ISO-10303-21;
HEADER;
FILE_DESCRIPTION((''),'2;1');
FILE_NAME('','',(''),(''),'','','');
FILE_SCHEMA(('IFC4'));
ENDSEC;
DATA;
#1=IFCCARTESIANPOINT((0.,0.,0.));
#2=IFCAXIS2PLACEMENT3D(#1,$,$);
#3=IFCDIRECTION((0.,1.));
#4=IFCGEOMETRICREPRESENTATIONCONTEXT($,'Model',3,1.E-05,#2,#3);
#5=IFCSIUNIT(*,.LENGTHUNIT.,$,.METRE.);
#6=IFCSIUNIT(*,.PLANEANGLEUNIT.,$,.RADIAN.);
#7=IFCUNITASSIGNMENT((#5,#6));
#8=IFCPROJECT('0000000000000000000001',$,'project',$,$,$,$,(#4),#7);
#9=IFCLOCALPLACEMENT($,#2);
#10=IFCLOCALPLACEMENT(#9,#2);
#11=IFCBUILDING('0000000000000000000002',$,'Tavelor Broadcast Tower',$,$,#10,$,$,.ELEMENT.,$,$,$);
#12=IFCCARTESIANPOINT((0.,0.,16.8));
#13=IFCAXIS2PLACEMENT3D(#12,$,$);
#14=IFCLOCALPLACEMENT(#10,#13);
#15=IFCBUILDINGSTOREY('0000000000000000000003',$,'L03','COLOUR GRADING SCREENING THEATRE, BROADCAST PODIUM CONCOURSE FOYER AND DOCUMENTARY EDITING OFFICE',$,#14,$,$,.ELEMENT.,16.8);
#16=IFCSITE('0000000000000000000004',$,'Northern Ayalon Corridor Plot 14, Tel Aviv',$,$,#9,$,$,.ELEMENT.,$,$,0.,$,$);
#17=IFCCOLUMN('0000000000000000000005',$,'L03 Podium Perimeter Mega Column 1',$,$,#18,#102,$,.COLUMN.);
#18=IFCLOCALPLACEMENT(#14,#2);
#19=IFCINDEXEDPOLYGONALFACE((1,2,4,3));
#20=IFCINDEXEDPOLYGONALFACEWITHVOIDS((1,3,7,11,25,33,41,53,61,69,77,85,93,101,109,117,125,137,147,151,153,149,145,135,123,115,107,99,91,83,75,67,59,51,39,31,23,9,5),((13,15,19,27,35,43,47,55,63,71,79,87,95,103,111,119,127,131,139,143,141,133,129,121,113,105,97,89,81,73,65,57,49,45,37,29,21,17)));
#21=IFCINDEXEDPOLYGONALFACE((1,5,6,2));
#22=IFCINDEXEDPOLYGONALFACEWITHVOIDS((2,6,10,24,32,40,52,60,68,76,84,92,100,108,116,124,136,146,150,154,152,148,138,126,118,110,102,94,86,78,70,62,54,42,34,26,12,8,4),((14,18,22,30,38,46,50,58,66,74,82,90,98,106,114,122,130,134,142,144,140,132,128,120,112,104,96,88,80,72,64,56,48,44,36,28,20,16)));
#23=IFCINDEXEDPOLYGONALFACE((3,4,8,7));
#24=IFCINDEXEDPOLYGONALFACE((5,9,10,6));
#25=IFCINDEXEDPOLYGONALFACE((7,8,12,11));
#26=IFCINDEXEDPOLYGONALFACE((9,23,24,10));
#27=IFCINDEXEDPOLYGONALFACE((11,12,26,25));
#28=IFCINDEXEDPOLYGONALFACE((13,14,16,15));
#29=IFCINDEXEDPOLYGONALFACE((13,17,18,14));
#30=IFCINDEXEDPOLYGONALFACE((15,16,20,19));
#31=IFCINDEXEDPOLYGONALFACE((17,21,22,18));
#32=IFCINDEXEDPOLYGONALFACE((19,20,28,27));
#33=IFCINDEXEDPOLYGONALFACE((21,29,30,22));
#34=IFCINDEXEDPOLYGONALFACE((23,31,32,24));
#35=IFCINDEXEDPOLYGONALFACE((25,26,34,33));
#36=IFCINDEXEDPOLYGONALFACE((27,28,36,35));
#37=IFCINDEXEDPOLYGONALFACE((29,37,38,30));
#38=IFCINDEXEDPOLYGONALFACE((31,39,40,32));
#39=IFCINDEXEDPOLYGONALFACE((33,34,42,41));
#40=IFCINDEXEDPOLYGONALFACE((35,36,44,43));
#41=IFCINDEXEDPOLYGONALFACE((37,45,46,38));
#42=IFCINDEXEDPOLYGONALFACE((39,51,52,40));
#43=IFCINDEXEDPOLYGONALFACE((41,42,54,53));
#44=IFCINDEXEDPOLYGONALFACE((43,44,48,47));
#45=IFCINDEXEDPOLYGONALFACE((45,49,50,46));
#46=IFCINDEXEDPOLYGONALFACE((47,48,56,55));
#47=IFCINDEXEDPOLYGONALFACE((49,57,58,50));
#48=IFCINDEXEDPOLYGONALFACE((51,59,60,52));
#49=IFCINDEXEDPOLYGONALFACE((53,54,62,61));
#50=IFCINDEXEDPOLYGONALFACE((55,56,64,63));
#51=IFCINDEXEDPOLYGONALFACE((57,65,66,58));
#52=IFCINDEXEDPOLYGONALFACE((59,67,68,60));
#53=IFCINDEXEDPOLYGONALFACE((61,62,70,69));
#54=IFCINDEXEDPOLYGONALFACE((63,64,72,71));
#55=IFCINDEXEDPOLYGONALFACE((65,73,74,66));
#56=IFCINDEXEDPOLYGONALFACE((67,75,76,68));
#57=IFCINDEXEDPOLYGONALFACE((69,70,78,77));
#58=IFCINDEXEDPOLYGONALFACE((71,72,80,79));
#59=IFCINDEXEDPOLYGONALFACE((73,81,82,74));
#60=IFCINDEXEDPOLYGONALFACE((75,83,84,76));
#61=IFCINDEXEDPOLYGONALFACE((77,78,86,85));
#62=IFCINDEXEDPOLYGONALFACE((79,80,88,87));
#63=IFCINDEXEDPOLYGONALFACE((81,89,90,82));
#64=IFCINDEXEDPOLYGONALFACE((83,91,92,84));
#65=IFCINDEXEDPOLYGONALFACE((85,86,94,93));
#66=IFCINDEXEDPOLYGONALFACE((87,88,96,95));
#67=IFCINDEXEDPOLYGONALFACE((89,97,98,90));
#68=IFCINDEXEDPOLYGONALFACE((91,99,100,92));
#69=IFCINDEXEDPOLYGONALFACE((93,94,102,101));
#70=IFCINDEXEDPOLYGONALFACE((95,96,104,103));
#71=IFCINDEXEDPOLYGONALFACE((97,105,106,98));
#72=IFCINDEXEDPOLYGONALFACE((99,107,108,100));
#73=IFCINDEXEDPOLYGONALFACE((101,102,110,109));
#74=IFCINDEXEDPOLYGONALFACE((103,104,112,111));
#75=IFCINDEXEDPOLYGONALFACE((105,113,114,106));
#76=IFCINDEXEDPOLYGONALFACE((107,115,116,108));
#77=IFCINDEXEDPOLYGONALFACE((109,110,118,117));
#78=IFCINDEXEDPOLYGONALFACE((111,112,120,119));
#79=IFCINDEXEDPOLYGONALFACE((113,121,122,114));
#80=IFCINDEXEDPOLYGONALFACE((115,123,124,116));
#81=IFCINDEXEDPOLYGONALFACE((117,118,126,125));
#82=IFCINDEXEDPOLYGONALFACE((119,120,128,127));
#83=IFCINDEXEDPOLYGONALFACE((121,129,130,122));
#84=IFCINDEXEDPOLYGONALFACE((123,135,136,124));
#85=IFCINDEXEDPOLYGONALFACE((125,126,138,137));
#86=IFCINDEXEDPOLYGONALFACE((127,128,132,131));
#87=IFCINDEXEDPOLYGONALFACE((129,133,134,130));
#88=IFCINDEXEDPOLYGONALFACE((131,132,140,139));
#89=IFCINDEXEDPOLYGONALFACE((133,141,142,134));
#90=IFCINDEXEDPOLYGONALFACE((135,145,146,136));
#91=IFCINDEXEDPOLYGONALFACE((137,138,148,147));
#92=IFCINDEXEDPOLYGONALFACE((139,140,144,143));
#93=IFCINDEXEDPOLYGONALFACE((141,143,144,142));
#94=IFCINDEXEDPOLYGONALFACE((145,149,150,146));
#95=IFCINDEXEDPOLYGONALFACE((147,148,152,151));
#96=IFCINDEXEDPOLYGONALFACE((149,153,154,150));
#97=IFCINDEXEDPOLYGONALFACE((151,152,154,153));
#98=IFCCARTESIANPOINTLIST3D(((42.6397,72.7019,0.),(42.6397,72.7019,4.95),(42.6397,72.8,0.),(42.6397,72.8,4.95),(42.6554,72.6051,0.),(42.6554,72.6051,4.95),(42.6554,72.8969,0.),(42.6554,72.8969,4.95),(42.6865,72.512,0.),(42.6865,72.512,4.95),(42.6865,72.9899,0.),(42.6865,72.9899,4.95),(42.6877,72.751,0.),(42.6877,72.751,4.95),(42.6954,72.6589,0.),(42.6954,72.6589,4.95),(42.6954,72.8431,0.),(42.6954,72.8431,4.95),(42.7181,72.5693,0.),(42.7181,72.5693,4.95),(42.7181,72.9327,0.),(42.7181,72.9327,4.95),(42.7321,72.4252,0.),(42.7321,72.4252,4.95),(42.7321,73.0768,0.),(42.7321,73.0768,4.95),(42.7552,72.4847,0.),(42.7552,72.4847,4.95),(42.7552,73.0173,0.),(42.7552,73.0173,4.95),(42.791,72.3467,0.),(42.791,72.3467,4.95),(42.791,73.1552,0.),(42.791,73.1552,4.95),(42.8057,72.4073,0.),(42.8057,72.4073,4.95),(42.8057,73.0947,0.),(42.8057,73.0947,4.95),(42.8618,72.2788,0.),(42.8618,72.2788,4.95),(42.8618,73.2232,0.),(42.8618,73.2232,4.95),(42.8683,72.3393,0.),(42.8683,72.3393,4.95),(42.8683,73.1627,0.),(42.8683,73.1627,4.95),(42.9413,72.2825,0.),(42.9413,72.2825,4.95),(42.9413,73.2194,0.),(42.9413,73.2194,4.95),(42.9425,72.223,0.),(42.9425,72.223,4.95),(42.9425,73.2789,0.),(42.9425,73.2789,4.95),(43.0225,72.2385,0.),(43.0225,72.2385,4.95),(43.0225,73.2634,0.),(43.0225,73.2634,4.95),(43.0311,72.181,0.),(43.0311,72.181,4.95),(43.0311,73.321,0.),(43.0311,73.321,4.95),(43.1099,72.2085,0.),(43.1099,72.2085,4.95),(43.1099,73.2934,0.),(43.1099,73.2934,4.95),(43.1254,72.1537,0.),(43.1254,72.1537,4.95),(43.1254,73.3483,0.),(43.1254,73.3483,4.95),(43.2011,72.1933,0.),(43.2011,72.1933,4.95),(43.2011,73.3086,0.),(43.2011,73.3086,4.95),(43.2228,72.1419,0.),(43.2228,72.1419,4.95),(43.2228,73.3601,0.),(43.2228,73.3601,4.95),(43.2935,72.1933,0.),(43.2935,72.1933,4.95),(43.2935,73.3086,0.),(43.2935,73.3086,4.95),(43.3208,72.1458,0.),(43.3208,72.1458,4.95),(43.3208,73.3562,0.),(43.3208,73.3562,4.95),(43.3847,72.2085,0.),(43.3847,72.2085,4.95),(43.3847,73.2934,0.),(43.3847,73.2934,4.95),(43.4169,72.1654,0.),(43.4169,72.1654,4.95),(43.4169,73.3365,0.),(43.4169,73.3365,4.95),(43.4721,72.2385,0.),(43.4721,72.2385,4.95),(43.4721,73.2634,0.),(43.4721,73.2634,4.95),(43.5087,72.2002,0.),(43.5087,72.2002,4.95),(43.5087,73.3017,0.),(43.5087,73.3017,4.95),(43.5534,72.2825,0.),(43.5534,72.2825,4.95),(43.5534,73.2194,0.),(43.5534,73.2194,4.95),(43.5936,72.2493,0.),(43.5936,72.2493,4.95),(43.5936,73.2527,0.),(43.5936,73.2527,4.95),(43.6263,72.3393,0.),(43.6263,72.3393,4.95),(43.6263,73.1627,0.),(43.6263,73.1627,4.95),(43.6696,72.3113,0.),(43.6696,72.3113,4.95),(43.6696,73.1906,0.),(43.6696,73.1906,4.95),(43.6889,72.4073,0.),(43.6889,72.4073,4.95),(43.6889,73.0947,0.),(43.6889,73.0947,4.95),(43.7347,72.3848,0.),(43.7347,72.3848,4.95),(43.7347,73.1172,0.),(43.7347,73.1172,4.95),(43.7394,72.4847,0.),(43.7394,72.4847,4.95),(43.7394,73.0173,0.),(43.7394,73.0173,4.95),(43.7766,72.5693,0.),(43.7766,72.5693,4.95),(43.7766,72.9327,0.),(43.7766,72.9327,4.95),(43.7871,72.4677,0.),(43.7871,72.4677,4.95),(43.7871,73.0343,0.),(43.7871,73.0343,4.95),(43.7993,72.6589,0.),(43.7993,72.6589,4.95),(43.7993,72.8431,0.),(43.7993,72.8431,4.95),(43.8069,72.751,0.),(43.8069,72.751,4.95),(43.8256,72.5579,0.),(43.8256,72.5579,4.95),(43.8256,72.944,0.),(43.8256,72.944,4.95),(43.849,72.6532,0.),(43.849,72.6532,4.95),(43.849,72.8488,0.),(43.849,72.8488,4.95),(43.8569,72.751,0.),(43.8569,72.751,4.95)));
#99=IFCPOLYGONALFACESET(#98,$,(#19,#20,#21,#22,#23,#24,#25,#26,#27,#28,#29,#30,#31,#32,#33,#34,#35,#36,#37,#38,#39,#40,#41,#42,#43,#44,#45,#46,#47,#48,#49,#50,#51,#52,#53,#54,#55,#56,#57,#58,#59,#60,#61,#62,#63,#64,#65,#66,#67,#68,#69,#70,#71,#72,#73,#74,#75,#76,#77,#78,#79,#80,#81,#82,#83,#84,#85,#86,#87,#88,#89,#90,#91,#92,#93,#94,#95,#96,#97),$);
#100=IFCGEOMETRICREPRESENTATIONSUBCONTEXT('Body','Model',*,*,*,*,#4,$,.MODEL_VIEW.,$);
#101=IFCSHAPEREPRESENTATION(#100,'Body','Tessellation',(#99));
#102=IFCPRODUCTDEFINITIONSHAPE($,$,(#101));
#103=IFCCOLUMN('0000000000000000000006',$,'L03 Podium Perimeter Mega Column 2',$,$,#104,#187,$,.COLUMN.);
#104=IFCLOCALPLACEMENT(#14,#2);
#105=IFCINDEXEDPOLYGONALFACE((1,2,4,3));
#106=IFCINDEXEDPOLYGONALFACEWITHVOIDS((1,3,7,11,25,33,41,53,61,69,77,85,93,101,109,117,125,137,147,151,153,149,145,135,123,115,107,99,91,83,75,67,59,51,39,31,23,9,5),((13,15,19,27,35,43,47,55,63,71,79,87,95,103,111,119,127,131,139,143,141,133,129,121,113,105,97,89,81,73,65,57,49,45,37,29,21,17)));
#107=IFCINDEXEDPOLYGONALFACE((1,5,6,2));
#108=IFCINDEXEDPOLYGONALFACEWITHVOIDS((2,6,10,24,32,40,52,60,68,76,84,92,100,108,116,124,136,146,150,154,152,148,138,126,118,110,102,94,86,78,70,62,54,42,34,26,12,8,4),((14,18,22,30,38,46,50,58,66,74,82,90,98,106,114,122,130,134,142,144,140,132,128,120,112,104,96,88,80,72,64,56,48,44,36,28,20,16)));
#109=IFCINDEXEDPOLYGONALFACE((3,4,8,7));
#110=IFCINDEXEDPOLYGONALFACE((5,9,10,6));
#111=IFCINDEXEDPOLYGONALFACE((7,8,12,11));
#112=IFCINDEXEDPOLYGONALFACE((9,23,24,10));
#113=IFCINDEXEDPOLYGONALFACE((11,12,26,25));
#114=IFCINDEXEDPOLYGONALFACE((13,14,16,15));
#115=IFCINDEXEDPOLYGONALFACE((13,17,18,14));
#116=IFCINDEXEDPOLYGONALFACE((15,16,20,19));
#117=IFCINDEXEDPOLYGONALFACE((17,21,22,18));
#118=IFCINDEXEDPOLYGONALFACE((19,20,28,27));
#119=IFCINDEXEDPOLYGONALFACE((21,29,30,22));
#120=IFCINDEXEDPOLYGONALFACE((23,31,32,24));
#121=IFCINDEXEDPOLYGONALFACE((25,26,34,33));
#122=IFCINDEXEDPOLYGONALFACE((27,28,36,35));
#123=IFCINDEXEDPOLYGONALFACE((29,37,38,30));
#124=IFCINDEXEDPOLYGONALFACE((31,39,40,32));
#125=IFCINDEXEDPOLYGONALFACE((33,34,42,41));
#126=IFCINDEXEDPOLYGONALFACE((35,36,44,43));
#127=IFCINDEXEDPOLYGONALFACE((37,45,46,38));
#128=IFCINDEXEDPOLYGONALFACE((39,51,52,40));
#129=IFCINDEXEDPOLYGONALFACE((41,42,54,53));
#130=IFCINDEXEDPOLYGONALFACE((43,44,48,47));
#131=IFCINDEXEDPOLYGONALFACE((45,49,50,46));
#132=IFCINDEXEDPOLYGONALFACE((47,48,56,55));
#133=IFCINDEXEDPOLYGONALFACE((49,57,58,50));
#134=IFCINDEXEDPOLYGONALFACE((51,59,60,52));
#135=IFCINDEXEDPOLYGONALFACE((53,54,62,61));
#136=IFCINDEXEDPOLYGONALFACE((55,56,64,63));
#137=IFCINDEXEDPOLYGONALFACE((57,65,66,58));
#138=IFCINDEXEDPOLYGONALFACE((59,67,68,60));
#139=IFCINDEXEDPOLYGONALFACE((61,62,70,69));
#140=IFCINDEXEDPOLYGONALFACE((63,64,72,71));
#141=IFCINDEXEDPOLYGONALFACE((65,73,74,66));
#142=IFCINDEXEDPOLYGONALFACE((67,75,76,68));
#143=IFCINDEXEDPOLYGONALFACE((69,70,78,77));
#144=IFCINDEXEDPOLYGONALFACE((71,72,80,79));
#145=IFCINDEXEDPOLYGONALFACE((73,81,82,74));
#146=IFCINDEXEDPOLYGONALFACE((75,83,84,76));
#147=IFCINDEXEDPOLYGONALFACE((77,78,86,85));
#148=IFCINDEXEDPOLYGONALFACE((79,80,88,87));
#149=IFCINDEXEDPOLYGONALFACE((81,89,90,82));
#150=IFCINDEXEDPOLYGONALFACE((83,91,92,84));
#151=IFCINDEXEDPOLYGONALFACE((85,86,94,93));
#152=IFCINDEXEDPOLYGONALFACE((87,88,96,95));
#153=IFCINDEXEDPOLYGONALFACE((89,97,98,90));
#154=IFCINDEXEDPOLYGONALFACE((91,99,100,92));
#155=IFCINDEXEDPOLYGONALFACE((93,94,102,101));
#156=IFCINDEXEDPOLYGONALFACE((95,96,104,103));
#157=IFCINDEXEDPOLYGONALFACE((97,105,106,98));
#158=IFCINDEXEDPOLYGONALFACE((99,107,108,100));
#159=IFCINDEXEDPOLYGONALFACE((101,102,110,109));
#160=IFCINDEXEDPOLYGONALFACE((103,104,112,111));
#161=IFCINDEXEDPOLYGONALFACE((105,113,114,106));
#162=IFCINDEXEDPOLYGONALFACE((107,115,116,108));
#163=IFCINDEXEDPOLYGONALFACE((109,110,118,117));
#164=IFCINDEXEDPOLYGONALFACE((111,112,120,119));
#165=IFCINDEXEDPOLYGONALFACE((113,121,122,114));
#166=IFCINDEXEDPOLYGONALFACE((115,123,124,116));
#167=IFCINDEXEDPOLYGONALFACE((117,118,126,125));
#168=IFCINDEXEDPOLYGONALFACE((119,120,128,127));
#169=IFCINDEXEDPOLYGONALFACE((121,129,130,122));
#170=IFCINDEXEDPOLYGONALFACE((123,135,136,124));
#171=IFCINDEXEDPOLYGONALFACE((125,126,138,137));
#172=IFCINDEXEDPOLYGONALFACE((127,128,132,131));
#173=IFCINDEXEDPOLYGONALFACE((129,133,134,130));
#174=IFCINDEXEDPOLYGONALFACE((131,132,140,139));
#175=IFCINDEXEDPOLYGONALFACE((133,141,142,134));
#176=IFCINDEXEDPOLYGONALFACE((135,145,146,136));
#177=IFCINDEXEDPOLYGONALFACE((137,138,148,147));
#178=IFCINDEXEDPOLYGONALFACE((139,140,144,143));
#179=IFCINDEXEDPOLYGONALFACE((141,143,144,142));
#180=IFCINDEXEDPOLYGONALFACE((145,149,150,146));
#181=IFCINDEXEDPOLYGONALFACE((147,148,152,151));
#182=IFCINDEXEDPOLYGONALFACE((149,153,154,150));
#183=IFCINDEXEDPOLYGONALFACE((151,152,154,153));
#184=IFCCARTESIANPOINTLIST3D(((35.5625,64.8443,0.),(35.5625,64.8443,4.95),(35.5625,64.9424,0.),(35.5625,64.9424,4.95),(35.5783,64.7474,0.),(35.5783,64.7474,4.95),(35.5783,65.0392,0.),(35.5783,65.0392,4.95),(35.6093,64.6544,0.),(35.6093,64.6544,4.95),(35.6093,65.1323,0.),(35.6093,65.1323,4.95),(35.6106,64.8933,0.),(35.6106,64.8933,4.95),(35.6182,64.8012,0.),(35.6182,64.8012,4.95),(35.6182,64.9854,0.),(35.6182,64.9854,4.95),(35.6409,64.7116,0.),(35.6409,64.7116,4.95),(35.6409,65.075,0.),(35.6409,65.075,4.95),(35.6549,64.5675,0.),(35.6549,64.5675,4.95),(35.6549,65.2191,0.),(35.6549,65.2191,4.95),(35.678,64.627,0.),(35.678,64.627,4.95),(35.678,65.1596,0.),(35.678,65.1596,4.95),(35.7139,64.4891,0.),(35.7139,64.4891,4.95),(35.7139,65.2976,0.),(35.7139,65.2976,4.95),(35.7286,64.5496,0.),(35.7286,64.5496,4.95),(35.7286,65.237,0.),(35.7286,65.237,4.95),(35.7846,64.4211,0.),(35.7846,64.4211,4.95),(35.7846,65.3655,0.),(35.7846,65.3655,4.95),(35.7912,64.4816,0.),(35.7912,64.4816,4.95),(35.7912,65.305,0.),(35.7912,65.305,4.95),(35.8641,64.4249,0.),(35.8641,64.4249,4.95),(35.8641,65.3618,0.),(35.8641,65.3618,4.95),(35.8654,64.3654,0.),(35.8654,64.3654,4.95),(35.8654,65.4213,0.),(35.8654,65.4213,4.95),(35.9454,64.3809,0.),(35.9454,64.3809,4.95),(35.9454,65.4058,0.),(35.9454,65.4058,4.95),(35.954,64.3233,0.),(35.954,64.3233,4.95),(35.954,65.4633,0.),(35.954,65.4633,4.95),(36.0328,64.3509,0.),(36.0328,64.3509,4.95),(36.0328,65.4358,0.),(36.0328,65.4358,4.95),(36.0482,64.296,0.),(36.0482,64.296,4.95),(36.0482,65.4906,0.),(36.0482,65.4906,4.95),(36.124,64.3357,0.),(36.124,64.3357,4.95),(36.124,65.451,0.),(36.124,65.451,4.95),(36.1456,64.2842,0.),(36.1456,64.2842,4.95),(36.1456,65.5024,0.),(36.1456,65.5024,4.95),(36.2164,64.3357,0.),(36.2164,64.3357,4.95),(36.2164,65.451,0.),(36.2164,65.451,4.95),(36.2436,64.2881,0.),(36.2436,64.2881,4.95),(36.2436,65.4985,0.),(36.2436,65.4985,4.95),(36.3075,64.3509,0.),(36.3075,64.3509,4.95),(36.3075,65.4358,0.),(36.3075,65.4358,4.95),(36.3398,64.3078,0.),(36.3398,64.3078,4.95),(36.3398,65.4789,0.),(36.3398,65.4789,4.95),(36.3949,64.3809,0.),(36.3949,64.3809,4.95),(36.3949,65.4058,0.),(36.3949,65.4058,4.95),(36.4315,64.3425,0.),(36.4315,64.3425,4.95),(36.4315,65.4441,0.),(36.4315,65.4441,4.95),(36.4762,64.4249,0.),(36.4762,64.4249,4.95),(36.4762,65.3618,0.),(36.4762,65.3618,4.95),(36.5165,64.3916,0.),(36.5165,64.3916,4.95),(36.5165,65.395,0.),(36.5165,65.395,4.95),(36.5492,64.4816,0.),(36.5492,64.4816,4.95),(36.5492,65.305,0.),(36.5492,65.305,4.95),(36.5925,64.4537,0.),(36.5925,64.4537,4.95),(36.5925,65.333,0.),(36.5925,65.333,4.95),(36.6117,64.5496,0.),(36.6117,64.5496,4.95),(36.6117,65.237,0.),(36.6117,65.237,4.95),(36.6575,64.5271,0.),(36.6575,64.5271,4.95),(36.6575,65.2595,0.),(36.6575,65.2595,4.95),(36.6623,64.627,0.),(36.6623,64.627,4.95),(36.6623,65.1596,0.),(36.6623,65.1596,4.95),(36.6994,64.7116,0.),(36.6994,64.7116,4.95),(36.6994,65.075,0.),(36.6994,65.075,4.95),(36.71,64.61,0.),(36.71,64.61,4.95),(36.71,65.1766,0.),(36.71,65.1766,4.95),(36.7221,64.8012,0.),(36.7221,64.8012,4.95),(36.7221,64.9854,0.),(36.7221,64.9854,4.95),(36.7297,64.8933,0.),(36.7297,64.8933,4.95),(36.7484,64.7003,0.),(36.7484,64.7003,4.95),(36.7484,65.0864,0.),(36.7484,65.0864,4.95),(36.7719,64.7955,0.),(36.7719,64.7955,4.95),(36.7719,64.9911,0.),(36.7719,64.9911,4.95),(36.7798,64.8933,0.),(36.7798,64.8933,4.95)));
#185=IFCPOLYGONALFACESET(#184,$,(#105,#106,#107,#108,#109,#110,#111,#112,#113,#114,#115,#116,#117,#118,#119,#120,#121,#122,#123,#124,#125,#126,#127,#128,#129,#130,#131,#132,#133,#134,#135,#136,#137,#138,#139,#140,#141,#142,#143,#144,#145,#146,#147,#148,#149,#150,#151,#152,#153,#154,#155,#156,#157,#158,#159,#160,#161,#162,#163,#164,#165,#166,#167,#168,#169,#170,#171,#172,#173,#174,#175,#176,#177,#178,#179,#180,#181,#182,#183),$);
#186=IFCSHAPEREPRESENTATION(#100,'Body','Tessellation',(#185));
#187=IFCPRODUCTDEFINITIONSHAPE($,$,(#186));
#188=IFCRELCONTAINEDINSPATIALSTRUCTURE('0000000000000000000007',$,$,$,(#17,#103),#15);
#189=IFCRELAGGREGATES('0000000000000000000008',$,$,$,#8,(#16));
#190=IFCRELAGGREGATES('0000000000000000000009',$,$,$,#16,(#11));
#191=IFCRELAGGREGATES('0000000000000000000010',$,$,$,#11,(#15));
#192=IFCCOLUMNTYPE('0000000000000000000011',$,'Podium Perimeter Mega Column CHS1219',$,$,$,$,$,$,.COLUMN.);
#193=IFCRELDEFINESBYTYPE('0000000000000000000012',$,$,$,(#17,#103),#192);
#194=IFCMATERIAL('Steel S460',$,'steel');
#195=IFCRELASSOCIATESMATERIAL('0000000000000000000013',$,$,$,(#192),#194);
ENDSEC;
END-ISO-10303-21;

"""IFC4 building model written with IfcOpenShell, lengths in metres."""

from ifc_helpers import new_model, si_unit, direction, frame, origin, origin_2d, place, context, subcontext, project, spatial, hollow_circle, extrude, material, material_profile, profile_set, type_object, element, save


model = new_model("IFC4")

# Units and contexts
model_context = context("Model", 3, precision=1e-05, world=origin(), true_north=direction((0.0, 1.0)))
body_context = subcontext(model_context, "Body", "Model", "MODEL_VIEW")
ifc_project = project(units=[si_unit("LENGTHUNIT", "METRE"), si_unit("PLANEANGLEUNIT", "RADIAN")], contexts=[model_context])

# Site, building, storey
site_placement = place(None, origin())
site = spatial("IfcSite", under=ifc_project, at=site_placement, Name="Northern Ayalon Corridor Plot 14, Tel Aviv", CompositionType="ELEMENT", RefElevation=0.0)
building_placement = place(site_placement, origin())
building = spatial("IfcBuilding", under=site, at=building_placement, Name="Tavelor Broadcast Tower", CompositionType="ELEMENT")
storey_placement = place(building_placement, frame((0.0, 0.0, 16.8)))
storey = spatial("IfcBuildingStorey", under=building, at=storey_placement, Name="L03", Description="COLOUR GRADING SCREENING THEATRE, BROADCAST PODIUM CONCOURSE FOYER AND DOCUMENTARY EDITING OFFICE", CompositionType="ELEMENT", Elevation=16.8)

# Columns
ifc_material_1 = material(Name="Steel S460", Category="steel")
ifc_material_profile_1 = material_profile(ifc_material_1, hollow_circle(Radius=0.6096, WallThickness=0.05, at=origin_2d()), Name="CHS 1219x50")
ifc_profile_set_1 = profile_set([ifc_material_profile_1], Name="Steel S460")
column_type = type_object("IfcColumnType", Name="Podium Perimeter Mega Column CHS1219", PredefinedType="COLUMN", material=ifc_profile_set_1)
for number, where, z_axis, x_axis, name in (
    (1, (43.2473, 72.751, 0.0), (0.0, 0.0, 1.0), (1.0, 0.0, 0.0), "L03 Podium Perimeter Mega Column 1"),
    (2, (36.1702, 64.8933, 0.0), (0.0, 0.0, 1.0), (1.0, 0.0, 0.0), "L03 Podium Perimeter Mega Column 2"),
):
    element("IfcColumn", number, at=place(storey_placement, frame(where, z_axis=z_axis, x_axis=x_axis)), inside=storey, type_object=column_type, Name=name, PredefinedType="COLUMN", context=body_context, shape_type="SweptSolid", body=[
        extrude(hollow_circle(Radius=0.6096, WallThickness=0.05, at=origin_2d()), origin(), (0.0, 0.0, 1.0), 4.95),
    ])

save(model, "model.ifc")
